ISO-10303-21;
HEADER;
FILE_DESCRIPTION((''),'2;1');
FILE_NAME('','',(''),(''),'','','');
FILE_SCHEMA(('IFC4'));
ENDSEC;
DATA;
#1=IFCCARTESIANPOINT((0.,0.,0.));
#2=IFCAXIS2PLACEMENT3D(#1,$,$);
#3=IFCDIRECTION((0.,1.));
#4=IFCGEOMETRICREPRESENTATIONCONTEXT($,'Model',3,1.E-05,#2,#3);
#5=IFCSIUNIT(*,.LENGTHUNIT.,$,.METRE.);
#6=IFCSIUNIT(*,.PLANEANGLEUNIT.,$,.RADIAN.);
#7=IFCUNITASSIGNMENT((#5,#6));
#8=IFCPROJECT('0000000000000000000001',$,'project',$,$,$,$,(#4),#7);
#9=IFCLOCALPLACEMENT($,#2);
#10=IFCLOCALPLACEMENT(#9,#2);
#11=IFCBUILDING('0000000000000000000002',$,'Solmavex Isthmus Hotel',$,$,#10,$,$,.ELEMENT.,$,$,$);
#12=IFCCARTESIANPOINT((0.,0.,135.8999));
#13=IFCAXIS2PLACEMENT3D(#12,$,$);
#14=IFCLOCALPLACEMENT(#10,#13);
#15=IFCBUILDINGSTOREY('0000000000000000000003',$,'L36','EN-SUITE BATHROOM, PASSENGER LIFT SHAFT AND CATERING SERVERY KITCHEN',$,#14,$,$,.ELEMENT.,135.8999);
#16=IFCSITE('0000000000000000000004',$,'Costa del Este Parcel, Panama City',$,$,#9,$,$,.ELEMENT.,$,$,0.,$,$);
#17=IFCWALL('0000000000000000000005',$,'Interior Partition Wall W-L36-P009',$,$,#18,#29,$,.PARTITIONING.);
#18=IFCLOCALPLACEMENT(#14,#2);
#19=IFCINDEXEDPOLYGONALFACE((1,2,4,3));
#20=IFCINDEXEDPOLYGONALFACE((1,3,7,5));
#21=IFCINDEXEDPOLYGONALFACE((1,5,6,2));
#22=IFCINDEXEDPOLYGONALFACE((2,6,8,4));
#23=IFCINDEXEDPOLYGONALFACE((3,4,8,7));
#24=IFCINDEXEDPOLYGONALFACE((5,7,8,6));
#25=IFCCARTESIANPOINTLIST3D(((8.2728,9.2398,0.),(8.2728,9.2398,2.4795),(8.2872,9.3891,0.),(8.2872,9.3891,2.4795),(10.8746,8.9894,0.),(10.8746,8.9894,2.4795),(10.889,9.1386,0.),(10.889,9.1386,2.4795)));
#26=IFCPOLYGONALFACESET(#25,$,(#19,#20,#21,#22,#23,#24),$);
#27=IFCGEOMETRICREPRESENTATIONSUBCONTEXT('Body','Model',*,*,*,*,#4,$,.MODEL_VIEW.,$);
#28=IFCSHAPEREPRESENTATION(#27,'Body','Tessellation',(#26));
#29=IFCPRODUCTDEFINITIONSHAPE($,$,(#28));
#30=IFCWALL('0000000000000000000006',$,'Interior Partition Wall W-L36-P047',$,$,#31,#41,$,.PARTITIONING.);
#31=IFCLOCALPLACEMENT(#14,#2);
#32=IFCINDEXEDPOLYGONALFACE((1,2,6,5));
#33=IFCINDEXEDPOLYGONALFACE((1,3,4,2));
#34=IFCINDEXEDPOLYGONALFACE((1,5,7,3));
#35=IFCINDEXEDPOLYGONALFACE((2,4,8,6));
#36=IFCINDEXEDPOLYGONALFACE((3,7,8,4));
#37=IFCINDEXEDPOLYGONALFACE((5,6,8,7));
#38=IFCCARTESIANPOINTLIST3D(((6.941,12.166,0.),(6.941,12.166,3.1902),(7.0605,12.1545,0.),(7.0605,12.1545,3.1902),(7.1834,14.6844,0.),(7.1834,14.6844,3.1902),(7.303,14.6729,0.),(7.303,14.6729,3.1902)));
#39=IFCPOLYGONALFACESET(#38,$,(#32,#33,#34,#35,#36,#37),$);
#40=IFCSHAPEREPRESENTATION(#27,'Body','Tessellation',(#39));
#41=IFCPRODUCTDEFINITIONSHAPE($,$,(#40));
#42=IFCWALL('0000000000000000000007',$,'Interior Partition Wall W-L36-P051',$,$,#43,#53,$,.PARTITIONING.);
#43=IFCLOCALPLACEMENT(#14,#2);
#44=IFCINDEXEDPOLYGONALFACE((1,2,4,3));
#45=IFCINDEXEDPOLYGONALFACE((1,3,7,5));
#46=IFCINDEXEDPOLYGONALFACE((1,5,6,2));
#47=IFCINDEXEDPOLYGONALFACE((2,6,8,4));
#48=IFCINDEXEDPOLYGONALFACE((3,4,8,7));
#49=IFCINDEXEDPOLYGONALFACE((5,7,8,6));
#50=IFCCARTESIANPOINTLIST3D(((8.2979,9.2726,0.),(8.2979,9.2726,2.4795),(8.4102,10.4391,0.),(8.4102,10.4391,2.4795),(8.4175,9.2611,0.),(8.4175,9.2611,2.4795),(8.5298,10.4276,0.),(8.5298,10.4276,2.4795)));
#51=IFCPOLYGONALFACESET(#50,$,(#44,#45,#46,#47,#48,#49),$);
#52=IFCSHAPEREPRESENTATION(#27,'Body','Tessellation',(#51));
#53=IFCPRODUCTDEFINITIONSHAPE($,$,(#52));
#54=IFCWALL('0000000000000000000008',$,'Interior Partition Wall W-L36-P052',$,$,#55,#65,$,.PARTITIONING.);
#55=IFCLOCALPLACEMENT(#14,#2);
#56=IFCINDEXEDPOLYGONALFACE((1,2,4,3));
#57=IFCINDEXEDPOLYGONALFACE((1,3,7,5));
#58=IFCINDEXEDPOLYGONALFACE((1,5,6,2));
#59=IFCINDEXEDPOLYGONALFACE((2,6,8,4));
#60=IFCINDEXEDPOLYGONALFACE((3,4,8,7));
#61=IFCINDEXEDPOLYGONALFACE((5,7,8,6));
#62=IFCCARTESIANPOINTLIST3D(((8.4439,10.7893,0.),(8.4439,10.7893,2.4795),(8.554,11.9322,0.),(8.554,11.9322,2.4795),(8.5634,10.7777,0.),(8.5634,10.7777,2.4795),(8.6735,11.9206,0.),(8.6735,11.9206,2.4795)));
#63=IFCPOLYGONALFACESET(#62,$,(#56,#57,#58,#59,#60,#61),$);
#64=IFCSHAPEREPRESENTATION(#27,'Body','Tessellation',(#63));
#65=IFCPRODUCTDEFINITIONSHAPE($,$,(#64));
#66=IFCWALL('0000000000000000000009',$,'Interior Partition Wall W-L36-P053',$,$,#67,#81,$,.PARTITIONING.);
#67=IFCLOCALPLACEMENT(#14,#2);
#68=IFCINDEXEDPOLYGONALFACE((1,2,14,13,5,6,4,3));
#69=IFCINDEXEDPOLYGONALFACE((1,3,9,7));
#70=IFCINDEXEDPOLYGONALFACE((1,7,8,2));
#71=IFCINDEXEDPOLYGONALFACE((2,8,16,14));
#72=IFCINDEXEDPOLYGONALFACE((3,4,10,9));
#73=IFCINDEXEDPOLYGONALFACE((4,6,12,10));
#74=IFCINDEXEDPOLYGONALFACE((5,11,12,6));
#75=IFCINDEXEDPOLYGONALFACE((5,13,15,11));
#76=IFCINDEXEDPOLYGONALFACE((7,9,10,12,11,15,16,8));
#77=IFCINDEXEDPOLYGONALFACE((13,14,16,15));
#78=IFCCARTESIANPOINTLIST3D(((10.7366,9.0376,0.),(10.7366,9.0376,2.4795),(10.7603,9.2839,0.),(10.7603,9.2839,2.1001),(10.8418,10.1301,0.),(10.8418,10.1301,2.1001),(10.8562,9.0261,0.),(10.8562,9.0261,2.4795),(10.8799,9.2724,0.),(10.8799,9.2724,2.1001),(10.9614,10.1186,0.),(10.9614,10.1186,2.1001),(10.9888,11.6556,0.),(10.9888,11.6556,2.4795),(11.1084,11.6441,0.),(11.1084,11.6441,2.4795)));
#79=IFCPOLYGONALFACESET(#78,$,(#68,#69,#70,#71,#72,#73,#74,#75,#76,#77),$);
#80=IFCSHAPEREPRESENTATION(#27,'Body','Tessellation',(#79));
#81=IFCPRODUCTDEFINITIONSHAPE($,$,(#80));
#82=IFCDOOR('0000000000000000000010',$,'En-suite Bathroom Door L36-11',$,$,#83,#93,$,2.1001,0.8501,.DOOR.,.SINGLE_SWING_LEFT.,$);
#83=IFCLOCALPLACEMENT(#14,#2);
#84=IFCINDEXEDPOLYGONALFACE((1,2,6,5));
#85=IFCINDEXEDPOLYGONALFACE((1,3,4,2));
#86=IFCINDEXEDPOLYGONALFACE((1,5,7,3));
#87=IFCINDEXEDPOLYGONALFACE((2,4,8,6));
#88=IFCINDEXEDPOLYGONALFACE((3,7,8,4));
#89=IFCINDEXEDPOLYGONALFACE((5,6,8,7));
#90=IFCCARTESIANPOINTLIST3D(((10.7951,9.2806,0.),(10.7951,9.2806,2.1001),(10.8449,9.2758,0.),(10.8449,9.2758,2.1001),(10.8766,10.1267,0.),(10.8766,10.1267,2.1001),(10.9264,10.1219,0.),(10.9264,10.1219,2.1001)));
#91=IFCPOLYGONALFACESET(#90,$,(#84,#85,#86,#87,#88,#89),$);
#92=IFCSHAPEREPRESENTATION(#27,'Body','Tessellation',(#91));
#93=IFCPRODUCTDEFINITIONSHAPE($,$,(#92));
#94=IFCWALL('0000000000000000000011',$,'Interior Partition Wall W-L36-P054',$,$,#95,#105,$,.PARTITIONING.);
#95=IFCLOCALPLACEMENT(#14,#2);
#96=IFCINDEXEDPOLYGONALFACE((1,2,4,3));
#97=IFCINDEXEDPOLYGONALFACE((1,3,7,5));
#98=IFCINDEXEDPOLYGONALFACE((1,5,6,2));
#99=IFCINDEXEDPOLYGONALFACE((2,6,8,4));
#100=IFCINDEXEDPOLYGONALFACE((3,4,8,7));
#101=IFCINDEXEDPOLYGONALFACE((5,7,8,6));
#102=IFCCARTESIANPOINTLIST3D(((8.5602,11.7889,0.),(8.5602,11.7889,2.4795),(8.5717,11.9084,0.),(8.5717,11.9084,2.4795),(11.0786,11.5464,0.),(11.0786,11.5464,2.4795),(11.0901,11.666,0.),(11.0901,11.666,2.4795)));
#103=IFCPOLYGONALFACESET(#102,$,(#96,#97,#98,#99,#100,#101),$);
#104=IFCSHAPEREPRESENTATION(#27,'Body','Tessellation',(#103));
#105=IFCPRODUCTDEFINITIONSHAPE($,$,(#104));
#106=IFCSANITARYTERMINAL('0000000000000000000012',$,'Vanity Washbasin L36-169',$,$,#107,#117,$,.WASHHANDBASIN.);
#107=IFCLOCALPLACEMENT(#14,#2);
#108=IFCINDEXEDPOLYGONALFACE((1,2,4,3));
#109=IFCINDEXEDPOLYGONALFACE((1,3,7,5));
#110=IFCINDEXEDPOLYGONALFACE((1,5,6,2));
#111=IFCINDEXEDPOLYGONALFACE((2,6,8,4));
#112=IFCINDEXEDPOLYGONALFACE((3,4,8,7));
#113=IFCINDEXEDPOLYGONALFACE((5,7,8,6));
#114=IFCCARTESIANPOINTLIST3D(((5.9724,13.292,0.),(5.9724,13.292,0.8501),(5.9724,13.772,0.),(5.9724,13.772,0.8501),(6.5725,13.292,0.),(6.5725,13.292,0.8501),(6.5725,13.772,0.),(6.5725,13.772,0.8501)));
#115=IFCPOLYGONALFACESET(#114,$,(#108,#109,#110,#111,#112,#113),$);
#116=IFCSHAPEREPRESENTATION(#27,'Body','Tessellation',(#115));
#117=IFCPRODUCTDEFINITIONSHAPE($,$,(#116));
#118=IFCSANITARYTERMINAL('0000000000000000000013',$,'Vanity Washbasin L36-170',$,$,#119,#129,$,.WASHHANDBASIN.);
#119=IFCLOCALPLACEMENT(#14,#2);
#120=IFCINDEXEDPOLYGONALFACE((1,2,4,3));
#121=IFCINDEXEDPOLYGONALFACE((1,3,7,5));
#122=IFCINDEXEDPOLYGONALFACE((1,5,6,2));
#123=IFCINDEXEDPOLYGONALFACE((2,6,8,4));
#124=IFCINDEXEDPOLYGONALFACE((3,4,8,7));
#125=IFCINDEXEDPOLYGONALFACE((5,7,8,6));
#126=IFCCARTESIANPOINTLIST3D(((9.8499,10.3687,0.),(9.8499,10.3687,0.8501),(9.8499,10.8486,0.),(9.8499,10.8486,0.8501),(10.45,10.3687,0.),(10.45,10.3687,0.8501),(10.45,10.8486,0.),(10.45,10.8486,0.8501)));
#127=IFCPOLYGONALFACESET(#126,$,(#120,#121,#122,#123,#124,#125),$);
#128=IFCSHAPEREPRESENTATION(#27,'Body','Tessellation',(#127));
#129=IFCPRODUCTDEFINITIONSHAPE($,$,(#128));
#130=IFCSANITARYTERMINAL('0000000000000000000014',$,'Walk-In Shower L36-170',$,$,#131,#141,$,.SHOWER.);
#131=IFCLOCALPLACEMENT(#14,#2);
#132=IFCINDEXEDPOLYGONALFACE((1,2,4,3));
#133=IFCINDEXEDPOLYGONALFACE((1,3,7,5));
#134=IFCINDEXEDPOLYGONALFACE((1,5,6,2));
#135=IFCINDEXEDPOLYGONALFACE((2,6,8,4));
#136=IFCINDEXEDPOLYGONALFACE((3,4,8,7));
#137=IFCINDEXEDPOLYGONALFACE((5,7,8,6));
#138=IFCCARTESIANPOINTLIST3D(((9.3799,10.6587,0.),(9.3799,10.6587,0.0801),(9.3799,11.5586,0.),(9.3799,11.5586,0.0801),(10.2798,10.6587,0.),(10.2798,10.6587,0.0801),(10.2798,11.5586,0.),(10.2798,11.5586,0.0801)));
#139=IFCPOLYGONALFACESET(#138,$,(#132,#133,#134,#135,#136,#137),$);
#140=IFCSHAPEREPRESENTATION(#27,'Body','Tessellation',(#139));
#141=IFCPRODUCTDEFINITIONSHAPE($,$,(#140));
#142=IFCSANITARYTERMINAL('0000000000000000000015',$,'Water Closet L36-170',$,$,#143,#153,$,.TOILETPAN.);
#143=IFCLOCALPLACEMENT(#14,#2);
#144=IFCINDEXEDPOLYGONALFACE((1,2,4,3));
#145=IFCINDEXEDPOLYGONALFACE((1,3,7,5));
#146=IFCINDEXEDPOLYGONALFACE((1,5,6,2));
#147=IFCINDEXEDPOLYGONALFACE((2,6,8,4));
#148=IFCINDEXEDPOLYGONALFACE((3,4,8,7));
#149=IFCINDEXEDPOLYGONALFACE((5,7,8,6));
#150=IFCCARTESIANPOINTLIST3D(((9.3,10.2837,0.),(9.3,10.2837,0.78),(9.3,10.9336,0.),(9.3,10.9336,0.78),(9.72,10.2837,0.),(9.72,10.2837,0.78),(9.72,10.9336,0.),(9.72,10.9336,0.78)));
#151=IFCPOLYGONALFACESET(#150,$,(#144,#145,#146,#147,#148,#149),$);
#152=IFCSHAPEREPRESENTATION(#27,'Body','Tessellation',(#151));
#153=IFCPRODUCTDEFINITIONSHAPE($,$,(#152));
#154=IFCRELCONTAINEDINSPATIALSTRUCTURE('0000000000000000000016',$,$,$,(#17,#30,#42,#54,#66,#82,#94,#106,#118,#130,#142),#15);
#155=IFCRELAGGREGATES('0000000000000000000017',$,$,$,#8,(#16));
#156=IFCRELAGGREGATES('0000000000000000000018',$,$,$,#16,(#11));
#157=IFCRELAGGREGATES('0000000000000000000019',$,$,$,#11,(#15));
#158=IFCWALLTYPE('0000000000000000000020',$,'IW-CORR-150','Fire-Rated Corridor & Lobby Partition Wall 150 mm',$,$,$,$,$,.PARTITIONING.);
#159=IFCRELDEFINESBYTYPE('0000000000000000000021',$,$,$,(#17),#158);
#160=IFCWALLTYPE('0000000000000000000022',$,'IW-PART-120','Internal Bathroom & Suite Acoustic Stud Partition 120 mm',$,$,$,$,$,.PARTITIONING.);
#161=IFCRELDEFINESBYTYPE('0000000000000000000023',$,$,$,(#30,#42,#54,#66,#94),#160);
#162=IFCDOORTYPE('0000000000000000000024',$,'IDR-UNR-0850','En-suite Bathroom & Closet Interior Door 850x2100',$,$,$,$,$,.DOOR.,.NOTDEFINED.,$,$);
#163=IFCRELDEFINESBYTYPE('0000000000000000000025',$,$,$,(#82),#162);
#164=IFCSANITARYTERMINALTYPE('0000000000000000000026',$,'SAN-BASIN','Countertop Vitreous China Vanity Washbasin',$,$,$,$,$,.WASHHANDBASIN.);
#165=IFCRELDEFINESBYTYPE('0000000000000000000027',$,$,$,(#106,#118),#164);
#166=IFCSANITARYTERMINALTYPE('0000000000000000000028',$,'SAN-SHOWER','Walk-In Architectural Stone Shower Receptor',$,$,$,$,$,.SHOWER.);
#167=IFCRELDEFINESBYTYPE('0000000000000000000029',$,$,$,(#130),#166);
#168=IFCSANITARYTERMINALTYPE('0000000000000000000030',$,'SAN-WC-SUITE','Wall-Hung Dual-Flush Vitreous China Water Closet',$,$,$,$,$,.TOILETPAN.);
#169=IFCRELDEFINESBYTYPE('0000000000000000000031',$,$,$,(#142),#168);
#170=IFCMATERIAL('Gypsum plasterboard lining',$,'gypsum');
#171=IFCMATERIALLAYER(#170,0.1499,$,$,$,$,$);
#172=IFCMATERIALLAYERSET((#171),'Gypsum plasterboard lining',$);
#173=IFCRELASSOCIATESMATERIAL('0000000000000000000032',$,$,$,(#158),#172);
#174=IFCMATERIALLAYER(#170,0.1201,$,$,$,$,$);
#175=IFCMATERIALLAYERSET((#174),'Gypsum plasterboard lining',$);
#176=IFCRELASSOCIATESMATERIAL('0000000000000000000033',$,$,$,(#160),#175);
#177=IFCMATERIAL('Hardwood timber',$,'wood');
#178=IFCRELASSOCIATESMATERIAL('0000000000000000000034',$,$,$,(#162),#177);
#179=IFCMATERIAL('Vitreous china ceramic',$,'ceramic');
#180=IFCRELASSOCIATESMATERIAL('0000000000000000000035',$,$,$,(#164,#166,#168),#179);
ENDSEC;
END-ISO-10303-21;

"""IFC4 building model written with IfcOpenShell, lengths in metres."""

from ifc_helpers import new_model, si_unit, direction, frame, frame_2d, origin, origin_2d, place, context, subcontext, project, spatial, rectangle, extrude, material, layer, layer_set, type_object, element, fill, save


model = new_model("IFC4")

# Units and contexts
model_context = context("Model", 3, precision=1e-05, world=origin(), true_north=direction((0.0, 1.0)))
body_context = subcontext(model_context, "Body", "Model", "MODEL_VIEW")
ifc_project = project(units=[si_unit("LENGTHUNIT", "METRE"), si_unit("PLANEANGLEUNIT", "RADIAN")], contexts=[model_context])

# Site, building, storey
site_placement = place(None, origin())
site = spatial("IfcSite", under=ifc_project, at=site_placement, Name="Costa del Este Parcel, Panama City", CompositionType="ELEMENT", RefElevation=0.0)
building_placement = place(site_placement, origin())
building = spatial("IfcBuilding", under=site, at=building_placement, Name="Solmavex Isthmus Hotel", CompositionType="ELEMENT")
storey_placement = place(building_placement, frame((0.0, 0.0, 135.8999)))
storey = spatial("IfcBuildingStorey", under=building, at=storey_placement, Name="L36", Description="EN-SUITE BATHROOM, PASSENGER LIFT SHAFT AND CATERING SERVERY KITCHEN", CompositionType="ELEMENT", Elevation=135.8999)

# Shared definitions
ifc_material_1 = material(Name="Gypsum plasterboard lining", Category="gypsum")
ifc_layer_1 = layer(ifc_material_1, 0.1499)
ifc_layer_set_1 = layer_set([ifc_layer_1], Name="Gypsum plasterboard lining")
wall_type_1 = type_object("IfcWallType", Name="IW-CORR-150", Description="Fire-Rated Corridor & Lobby Partition Wall 150 mm", PredefinedType="PARTITIONING", material=ifc_layer_set_1)
ifc_material_2 = material(Name="Hardwood timber", Category="wood")

# Walls
wall_1_placement = place(storey_placement, frame((8.28, 9.3145, 0.0), z_axis=(0.0, 0.0, 1.0), x_axis=(0.995398, -0.095832, 0.0)))
element("IfcWall", 1, at=wall_1_placement, inside=storey, type_object=wall_type_1, Name="Interior Partition Wall W-L36-P009", PredefinedType="PARTITIONING", context=body_context, shape_type="SweptSolid", body=[
    extrude(rectangle(XDim=2.6138, YDim=0.1499, at=frame_2d((1.3069, 0.0))), origin(), (0.0, 0.0, 1.0), 2.4795),
])
ifc_layer_2 = layer(ifc_material_1, 0.1201)
ifc_layer_set_2 = layer_set([ifc_layer_2], Name="Gypsum plasterboard lining")
wall_type_2 = type_object("IfcWallType", Name="IW-PART-120", Description="Internal Bathroom & Suite Acoustic Stud Partition 120 mm", PredefinedType="PARTITIONING", material=ifc_layer_set_2)
wall_2_placement = place(storey_placement, frame((7.0007, 12.1602, 0.0), z_axis=(0.0, 0.0, 1.0), x_axis=(0.095825, 0.995398, 0.0)))
element("IfcWall", 2, at=wall_2_placement, inside=storey, type_object=wall_type_2, Name="Interior Partition Wall W-L36-P047", PredefinedType="PARTITIONING", context=body_context, shape_type="SweptSolid", body=[
    extrude(rectangle(XDim=2.53, YDim=0.1201, at=frame_2d((1.2651, 0.0))), origin(), (0.0, 0.0, 1.0), 3.1902),
])
wall_3_placement = place(storey_placement, frame((8.47, 10.4333, 0.0), z_axis=(0.0, 0.0, 1.0), x_axis=(-0.095831, -0.995398, 0.0)))
element("IfcWall", 3, at=wall_3_placement, inside=storey, type_object=wall_type_2, Name="Interior Partition Wall W-L36-P051", PredefinedType="PARTITIONING", context=body_context, shape_type="SweptSolid", body=[
    extrude(rectangle(XDim=1.1719, YDim=0.1201, at=frame_2d((0.5859, 0.0))), origin(), (0.0, 0.0, 1.0), 2.4795),
])
wall_4_placement = place(storey_placement, frame((8.6138, 11.9265, 0.0), z_axis=(0.0, 0.0, 1.0), x_axis=(-0.095903, -0.995391, 0.0)))
element("IfcWall", 4, at=wall_4_placement, inside=storey, type_object=wall_type_2, Name="Interior Partition Wall W-L36-P052", PredefinedType="PARTITIONING", context=body_context, shape_type="SweptSolid", body=[
    extrude(rectangle(XDim=1.1482, YDim=0.1201, at=frame_2d((0.5742, 0.0))), origin(), (0.0, 0.0, 1.0), 2.4795),
])

# Wall, opening, door
wall_5_placement = place(storey_placement, frame((10.7964, 9.032, 0.0), z_axis=(0.0, 0.0, 1.0), x_axis=(0.095891, 0.995392, 0.0)))
wall_5 = element("IfcWall", 5, at=wall_5_placement, inside=storey, type_object=wall_type_2, Name="Interior Partition Wall W-L36-P053", PredefinedType="PARTITIONING", context=body_context, shape_type="SweptSolid", body=[
    extrude(rectangle(XDim=2.6301, YDim=0.1201, at=frame_2d((1.3149, 0.0))), origin(), (0.0, 0.0, 1.0), 2.4795),
])
opening_1_placement = place(wall_5_placement, frame((0.2473, 0.0, 0.0)))
opening_1 = element("IfcOpeningElement", 6, at=opening_1_placement, cuts=wall_5, PredefinedType="OPENING", context=body_context, shape_type="SweptSolid", body=[
    extrude(rectangle(XDim=0.8501, YDim=2.1001, at=frame_2d((0.425, 1.05))), frame((0.0, 0.0701, 0.0), z_axis=(0.0, -1.0, 0.0), x_axis=(1.0, 0.0, 0.0)), (0.0, 0.0, 1.0), 0.1401),
])
door_type_1 = type_object("IfcDoorType", Name="IDR-UNR-0850", Description="En-suite Bathroom & Closet Interior Door 850x2100", OperationType="NOTDEFINED", PredefinedType="DOOR", material=ifc_material_2)
door_1_placement = place(opening_1_placement, frame((0.8501, 0.0, 0.0), z_axis=(0.0, 0.0, 1.0), x_axis=(-1.0, 0.0, 0.0)))
door_1 = element("IfcDoor", 7, at=door_1_placement, inside=storey, type_object=door_type_1, Name="En-suite Bathroom Door L36-11", OperationType="SINGLE_SWING_LEFT", OverallHeight=2.1001, OverallWidth=0.8501, PredefinedType="DOOR", context=body_context, shape_type="SweptSolid", body=[
    extrude(rectangle(XDim=0.8501, YDim=2.1001, at=frame_2d((0.425, 1.05))), frame((0.0, 0.0249, 0.0), z_axis=(0.0, -1.0, 0.0), x_axis=(1.0, 0.0, 0.0)), (0.0, 0.0, 1.0), 0.05),
])
fill(opening_1, door_1)

# Wall
wall_6_placement = place(storey_placement, frame((11.0845, 11.6062, 0.0), z_axis=(0.0, 0.0, 1.0), x_axis=(-0.995398, 0.095825, 0.0)))
element("IfcWall", 8, at=wall_6_placement, inside=storey, type_object=wall_type_2, Name="Interior Partition Wall W-L36-P054", PredefinedType="PARTITIONING", context=body_context, shape_type="SweptSolid", body=[
    extrude(rectangle(XDim=2.53, YDim=0.1201, at=frame_2d((1.2651, 0.0))), origin(), (0.0, 0.0, 1.0), 2.4795),
])

# Sanitary terminals
ifc_material_3 = material(Name="Vitreous china ceramic", Category="ceramic")
sanitary_terminal_type_1 = type_object("IfcSanitaryTerminalType", Name="SAN-BASIN", Description="Countertop Vitreous China Vanity Washbasin", PredefinedType="WASHHANDBASIN", material=ifc_material_3)
for number, where, z_axis, x_axis, name in (
    (9, (6.2725, 13.532, 0.0), (0.0, 0.0, 1.0), (1.0, 0.0, 0.0), "Vanity Washbasin L36-169"),
    (10, (10.1499, 10.6086, 0.0), (0.0, 0.0, 1.0), (1.0, 0.0, 0.0), "Vanity Washbasin L36-170"),
):
    element("IfcSanitaryTerminal", number, at=place(storey_placement, frame(where, z_axis=z_axis, x_axis=x_axis)), inside=storey, type_object=sanitary_terminal_type_1, Name=name, PredefinedType="WASHHANDBASIN", context=body_context, shape_type="SweptSolid", body=[
        extrude(rectangle(XDim=0.6001, YDim=0.48, at=origin_2d()), origin(), (0.0, 0.0, 1.0), 0.8501),
    ])
sanitary_terminal_type_2 = type_object("IfcSanitaryTerminalType", Name="SAN-SHOWER", Description="Walk-In Architectural Stone Shower Receptor", PredefinedType="SHOWER", material=ifc_material_3)
sanitary_terminal_1_placement = place(storey_placement, frame((9.8298, 11.1086, 0.0), z_axis=(0.0, 0.0, 1.0), x_axis=(1.0, 0.0, 0.0)))
element("IfcSanitaryTerminal", 11, at=sanitary_terminal_1_placement, inside=storey, type_object=sanitary_terminal_type_2, Name="Walk-In Shower L36-170", PredefinedType="SHOWER", context=body_context, shape_type="SweptSolid", body=[
    extrude(rectangle(XDim=0.8999, YDim=0.8999, at=origin_2d()), origin(), (0.0, 0.0, 1.0), 0.0801),
])
sanitary_terminal_type_3 = type_object("IfcSanitaryTerminalType", Name="SAN-WC-SUITE", Description="Wall-Hung Dual-Flush Vitreous China Water Closet", PredefinedType="TOILETPAN", material=ifc_material_3)
sanitary_terminal_2_placement = place(storey_placement, frame((9.51, 10.6086, 0.0), z_axis=(0.0, 0.0, 1.0), x_axis=(1.0, 0.0, 0.0)))
element("IfcSanitaryTerminal", 12, at=sanitary_terminal_2_placement, inside=storey, type_object=sanitary_terminal_type_3, Name="Water Closet L36-170", PredefinedType="TOILETPAN", context=body_context, shape_type="SweptSolid", body=[
    extrude(rectangle(XDim=0.4199, YDim=0.6499, at=origin_2d()), origin(), (0.0, 0.0, 1.0), 0.78),
])

save(model, "model.ifc")
